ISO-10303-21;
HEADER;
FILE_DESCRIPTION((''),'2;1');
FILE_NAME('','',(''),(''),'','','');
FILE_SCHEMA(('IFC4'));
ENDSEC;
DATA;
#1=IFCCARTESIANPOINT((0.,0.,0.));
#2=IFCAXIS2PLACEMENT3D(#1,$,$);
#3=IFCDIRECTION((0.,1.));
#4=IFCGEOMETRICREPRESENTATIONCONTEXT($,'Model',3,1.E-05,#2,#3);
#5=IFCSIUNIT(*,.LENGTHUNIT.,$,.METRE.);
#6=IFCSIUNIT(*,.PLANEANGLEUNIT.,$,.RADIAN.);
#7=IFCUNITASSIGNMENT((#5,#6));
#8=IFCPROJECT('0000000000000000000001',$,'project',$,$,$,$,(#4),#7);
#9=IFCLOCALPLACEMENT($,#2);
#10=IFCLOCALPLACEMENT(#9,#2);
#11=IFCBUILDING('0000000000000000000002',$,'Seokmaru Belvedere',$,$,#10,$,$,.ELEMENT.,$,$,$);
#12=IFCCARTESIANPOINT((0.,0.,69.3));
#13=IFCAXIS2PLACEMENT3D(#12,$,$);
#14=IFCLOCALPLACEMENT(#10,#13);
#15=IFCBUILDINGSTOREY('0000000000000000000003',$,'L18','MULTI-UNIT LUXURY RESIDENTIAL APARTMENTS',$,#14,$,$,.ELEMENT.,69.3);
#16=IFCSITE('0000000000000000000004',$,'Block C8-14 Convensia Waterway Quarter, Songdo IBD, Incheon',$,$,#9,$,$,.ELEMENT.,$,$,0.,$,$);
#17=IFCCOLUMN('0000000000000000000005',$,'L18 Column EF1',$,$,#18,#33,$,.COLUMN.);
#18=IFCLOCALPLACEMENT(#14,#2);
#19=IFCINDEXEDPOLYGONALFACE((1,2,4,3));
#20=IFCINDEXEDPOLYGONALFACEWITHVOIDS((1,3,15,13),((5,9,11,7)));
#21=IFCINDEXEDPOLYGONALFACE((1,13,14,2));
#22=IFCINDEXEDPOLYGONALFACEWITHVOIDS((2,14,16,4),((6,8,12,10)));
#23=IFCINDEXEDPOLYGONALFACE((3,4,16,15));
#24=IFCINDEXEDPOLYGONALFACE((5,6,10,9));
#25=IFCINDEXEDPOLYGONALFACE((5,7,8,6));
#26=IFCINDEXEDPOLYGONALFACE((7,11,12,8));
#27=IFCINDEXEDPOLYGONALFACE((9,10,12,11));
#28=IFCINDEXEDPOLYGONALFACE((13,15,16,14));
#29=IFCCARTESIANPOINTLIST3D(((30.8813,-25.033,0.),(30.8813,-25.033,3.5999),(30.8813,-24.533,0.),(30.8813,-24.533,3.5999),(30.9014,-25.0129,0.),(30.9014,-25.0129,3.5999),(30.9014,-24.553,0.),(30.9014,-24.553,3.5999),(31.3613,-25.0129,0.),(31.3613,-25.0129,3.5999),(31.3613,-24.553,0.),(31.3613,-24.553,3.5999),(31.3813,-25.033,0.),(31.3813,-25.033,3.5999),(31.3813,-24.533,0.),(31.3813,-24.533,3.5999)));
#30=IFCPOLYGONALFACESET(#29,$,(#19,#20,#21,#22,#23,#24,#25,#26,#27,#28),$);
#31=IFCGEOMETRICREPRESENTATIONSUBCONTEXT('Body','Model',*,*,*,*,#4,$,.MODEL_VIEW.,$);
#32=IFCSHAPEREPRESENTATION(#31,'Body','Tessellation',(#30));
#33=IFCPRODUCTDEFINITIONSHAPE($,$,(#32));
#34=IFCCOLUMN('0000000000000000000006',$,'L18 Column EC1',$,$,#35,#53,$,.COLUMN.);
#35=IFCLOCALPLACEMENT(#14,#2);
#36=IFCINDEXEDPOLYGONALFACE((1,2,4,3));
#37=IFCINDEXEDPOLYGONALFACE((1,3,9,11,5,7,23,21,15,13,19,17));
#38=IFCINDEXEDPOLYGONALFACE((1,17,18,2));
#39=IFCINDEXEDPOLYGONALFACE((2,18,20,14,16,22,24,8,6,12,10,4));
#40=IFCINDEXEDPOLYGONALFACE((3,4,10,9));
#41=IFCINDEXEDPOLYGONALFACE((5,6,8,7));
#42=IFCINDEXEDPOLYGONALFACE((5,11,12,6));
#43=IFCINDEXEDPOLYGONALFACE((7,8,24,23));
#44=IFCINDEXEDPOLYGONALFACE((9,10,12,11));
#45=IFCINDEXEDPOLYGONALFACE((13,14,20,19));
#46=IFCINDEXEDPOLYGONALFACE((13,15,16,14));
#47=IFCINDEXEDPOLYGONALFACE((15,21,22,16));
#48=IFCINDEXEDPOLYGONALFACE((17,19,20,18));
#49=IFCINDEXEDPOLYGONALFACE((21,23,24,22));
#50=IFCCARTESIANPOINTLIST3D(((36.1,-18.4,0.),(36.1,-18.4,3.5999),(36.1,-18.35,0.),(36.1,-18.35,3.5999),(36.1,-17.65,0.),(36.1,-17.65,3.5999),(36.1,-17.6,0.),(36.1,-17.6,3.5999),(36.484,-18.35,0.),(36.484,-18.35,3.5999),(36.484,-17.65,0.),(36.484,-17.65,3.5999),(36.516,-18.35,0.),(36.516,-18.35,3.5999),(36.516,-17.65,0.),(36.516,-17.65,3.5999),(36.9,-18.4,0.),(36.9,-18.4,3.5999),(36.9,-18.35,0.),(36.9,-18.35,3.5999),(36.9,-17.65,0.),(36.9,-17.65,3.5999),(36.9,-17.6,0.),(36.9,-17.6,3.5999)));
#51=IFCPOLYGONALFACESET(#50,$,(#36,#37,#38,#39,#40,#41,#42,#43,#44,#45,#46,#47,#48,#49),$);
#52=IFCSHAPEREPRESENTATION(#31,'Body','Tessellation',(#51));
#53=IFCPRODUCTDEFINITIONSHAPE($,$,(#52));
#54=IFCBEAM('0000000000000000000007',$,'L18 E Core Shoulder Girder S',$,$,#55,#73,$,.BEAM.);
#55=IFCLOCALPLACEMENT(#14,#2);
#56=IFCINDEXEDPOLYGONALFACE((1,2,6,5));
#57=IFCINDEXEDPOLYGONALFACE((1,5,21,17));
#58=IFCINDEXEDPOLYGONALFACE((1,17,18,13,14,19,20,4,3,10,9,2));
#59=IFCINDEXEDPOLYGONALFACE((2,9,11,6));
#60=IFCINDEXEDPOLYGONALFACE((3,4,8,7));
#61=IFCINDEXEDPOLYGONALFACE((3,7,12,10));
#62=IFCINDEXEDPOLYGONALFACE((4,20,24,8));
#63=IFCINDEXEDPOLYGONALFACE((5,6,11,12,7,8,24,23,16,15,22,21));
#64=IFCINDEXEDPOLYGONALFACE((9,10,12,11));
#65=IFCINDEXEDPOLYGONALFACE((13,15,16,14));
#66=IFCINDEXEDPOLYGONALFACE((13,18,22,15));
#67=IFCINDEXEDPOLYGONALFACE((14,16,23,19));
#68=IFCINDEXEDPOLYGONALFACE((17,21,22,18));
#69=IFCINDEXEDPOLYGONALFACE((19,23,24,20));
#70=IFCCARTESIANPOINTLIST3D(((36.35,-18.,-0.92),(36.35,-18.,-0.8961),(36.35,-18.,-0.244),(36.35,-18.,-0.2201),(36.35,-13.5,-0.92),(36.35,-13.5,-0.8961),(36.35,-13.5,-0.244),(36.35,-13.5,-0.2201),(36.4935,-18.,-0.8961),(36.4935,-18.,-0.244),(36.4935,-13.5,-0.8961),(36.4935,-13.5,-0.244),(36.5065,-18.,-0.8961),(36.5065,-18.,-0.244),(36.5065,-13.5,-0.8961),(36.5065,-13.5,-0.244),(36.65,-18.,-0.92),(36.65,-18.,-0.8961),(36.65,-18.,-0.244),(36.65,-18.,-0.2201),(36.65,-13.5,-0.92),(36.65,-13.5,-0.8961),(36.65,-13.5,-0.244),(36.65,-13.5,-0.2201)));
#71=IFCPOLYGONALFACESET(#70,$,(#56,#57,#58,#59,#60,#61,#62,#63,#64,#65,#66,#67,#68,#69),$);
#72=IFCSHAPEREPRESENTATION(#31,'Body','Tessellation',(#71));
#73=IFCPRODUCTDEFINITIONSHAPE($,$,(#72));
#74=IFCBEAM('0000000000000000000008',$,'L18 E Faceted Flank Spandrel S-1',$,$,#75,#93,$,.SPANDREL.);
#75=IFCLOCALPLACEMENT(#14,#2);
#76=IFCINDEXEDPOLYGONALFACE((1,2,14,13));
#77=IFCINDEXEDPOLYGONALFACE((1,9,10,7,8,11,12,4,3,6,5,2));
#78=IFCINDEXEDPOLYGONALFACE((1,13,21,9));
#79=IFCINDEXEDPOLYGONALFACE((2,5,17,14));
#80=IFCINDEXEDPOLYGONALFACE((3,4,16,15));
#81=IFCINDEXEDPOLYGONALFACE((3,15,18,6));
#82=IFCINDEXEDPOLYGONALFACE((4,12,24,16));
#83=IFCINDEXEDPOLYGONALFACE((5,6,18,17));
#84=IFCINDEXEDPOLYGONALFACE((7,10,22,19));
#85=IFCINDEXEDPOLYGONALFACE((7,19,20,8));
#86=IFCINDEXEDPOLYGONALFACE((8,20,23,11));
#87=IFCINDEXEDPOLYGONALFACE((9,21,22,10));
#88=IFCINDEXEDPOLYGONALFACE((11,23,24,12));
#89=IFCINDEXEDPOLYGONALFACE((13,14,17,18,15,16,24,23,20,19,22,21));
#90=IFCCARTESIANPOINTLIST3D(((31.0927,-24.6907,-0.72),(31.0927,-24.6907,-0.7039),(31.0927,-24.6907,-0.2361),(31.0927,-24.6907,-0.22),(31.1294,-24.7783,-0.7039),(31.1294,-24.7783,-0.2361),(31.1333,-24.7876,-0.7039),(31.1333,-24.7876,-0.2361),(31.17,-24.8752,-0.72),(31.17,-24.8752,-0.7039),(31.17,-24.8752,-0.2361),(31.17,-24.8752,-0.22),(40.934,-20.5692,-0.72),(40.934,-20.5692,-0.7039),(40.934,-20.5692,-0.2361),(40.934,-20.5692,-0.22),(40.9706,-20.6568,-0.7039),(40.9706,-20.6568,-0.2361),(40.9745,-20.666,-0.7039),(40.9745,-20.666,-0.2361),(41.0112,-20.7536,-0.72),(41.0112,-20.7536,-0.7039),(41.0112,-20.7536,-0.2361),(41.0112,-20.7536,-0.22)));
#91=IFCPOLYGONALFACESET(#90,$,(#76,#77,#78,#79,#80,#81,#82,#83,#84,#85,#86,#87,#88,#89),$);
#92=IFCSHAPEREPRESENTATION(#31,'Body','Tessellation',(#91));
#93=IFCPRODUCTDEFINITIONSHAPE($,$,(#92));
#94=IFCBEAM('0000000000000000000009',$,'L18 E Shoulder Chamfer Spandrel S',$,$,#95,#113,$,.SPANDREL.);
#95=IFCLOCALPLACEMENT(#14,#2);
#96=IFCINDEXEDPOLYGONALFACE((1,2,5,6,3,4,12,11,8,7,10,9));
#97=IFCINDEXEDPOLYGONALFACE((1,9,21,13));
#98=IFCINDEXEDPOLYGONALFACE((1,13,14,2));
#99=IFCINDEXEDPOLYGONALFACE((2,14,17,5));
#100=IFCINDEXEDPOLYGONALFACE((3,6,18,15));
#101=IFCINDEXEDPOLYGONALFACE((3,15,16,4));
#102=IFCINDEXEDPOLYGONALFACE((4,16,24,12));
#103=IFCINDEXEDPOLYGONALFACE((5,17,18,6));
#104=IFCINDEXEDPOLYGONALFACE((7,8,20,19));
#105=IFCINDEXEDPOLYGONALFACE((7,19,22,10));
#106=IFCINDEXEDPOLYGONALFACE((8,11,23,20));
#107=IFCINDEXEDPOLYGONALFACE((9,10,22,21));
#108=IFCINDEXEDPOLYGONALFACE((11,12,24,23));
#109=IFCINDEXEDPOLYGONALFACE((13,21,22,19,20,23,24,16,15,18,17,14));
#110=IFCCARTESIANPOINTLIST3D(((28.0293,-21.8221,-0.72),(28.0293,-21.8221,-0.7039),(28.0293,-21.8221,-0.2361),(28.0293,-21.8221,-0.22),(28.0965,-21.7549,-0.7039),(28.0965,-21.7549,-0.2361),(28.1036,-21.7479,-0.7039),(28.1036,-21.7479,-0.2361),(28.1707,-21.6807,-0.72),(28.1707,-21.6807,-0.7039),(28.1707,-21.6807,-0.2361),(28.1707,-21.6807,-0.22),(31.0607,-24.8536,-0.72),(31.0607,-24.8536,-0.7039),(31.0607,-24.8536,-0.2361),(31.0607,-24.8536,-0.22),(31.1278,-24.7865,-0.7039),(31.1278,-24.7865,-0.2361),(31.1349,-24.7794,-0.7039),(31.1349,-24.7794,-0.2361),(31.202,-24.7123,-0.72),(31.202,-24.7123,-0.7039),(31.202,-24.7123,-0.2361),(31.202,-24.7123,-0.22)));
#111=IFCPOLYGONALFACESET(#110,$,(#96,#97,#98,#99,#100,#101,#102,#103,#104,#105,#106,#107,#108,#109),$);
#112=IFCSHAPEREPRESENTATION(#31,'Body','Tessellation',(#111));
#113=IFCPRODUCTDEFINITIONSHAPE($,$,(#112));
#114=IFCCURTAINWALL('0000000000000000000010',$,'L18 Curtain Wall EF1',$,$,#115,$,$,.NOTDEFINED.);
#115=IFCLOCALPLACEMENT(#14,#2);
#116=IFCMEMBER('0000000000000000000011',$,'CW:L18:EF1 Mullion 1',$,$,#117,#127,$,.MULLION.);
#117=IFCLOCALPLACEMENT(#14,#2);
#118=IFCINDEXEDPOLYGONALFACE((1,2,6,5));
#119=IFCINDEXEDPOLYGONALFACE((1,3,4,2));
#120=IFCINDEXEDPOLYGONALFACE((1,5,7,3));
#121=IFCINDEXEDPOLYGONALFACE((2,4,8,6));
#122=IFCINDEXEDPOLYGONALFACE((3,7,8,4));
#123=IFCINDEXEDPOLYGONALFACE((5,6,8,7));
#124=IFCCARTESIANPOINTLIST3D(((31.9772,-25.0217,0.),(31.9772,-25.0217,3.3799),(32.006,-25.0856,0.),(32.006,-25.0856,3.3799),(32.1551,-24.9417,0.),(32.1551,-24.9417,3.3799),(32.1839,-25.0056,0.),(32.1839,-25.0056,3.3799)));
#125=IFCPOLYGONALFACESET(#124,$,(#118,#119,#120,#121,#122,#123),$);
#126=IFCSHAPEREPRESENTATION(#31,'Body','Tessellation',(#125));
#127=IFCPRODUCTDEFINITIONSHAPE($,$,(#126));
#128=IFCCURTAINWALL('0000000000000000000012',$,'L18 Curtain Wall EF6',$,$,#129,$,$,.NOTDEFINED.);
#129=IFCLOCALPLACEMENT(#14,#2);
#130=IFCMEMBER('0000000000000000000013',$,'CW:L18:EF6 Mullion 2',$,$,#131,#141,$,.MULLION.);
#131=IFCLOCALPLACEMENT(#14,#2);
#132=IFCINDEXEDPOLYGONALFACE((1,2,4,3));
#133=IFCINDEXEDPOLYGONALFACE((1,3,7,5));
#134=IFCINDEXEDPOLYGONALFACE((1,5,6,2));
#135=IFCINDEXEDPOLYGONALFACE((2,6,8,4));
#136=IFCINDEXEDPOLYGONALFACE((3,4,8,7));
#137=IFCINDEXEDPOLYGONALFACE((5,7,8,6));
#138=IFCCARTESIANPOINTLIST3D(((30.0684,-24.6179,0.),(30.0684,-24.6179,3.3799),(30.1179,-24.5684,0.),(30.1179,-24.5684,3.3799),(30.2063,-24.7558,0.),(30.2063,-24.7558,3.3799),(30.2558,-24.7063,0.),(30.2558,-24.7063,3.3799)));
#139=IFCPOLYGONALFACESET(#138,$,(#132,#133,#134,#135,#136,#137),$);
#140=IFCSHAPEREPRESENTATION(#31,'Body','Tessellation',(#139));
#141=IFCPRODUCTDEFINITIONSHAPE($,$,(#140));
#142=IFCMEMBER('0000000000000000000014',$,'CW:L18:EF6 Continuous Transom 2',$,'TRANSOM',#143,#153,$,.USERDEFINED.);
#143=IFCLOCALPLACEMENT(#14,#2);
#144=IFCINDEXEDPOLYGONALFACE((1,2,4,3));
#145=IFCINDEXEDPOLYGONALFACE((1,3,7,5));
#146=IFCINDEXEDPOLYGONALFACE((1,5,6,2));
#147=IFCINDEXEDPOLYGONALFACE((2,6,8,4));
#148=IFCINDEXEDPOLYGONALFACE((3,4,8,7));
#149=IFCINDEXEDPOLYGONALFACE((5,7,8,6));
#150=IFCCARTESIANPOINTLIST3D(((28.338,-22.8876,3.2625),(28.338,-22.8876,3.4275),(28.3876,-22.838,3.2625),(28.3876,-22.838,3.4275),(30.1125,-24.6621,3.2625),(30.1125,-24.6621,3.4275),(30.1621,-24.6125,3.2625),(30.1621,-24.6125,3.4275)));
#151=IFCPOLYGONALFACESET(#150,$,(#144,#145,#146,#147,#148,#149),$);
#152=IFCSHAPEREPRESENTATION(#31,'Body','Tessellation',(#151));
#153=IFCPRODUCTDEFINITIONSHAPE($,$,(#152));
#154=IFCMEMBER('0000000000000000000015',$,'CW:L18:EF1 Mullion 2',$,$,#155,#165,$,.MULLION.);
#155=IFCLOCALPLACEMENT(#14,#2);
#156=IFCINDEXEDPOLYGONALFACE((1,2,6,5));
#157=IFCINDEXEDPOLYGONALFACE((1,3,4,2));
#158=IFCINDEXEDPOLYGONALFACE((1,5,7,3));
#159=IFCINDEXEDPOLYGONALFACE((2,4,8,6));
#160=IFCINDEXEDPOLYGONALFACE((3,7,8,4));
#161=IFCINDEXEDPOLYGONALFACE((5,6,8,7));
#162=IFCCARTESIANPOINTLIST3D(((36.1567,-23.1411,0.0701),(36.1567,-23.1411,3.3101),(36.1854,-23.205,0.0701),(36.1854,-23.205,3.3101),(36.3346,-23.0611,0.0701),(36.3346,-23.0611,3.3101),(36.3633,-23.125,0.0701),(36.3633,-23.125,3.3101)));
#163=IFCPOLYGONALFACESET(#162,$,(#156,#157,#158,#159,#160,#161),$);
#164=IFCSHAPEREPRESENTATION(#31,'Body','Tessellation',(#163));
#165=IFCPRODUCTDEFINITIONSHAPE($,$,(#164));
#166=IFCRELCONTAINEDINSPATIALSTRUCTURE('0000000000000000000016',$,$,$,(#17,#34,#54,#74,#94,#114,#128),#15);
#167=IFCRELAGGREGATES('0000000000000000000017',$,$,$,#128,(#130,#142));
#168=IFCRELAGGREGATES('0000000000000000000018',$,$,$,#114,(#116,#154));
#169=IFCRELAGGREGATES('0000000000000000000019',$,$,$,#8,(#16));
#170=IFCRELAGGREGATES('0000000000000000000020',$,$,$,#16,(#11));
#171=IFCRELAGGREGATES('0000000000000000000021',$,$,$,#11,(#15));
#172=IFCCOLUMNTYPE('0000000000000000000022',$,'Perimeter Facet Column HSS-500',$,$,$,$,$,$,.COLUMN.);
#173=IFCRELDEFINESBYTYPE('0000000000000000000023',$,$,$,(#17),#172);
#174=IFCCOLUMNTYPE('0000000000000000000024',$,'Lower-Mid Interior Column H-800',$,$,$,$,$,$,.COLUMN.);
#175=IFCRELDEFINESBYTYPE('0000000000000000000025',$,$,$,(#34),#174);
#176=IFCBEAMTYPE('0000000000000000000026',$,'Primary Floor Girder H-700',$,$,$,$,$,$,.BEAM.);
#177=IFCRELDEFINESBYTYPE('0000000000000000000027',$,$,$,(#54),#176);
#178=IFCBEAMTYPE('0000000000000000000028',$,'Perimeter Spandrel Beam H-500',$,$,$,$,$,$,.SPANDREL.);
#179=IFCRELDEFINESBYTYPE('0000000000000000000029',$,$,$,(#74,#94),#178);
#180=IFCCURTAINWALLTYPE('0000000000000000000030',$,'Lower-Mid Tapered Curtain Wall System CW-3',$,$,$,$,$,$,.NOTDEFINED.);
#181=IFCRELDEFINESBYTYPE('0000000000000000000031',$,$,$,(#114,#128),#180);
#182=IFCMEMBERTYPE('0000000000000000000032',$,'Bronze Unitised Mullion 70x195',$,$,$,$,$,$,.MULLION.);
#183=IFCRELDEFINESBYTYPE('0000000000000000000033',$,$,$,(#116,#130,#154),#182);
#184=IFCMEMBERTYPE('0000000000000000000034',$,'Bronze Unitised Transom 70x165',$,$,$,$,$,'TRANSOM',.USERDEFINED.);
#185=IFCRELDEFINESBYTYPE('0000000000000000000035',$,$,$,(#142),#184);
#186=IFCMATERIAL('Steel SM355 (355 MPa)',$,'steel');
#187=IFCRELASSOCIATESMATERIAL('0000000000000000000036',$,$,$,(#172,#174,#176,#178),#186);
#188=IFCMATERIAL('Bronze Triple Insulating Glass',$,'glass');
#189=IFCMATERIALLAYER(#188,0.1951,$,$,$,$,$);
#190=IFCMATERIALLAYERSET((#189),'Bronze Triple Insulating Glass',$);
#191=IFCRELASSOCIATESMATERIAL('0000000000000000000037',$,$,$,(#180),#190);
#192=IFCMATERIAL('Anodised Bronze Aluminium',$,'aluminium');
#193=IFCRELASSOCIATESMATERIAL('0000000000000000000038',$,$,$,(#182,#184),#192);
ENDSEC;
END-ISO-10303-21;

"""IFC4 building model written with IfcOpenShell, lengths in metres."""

from ifc_helpers import new_model, si_unit, direction, frame, origin, origin_2d, place, context, subcontext, project, spatial, rectangle, hollow_rectangle, i_section, extrude, source, transform, mapped, material, layer, layer_set, material_profile, profile_set, type_object, type_shapes, element, aggregate, save


model = new_model("IFC4")

# Units and contexts
model_context = context("Model", 3, precision=1e-05, world=origin(), true_north=direction((0.0, 1.0)))
body_context = subcontext(model_context, "Body", "Model", "MODEL_VIEW")
ifc_project = project(units=[si_unit("LENGTHUNIT", "METRE"), si_unit("PLANEANGLEUNIT", "RADIAN")], contexts=[model_context])

# Site, building, storey
site_placement = place(None, origin())
site = spatial("IfcSite", under=ifc_project, at=site_placement, Name="Block C8-14 Convensia Waterway Quarter, Songdo IBD, Incheon", CompositionType="ELEMENT", RefElevation=0.0)
building_placement = place(site_placement, origin())
building = spatial("IfcBuilding", under=site, at=building_placement, Name="Seokmaru Belvedere", CompositionType="ELEMENT")
storey_placement = place(building_placement, frame((0.0, 0.0, 69.3)))
storey = spatial("IfcBuildingStorey", under=building, at=storey_placement, Name="L18", Description="MULTI-UNIT LUXURY RESIDENTIAL APARTMENTS", CompositionType="ELEMENT", Elevation=69.3)

# Columns
ifc_material_1 = material(Name="Steel SM355 (355 MPa)", Category="steel")
ifc_material_profile_1 = material_profile(ifc_material_1, hollow_rectangle(XDim=0.5, YDim=0.5, WallThickness=0.02, at=origin_2d()), Name="HSS-500x500x20")
ifc_profile_set_1 = profile_set([ifc_material_profile_1], Name="Steel SM355 (355 MPa)")
column_type_1 = type_object("IfcColumnType", Name="Perimeter Facet Column HSS-500", PredefinedType="COLUMN", material=ifc_profile_set_1)
shared_shape_1 = source(origin(), body_context, "Body", "SweptSolid", [
    extrude(hollow_rectangle(XDim=0.5, YDim=0.5, WallThickness=0.02, at=origin_2d()), origin(), (0.0, 0.0, 1.0), 3.5999),
])
type_shapes(column_type_1, [shared_shape_1])
column_1_placement = place(storey_placement, frame((31.1313, -24.783, 0.0), z_axis=(0.0, 0.0, 1.0), x_axis=(1.0, 0.0, 0.0)))
element("IfcColumn", 1, at=column_1_placement, inside=storey, type_object=column_type_1, Name="L18 Column EF1", PredefinedType="COLUMN", context=body_context, shape_type="MappedRepresentation", body=[
    mapped(shared_shape_1, transform((0.0, 0.0, 0.0), scale=1.0)),
])
ifc_material_profile_2 = material_profile(ifc_material_1, i_section(OverallWidth=0.8, OverallDepth=0.8, WebThickness=0.032, FlangeThickness=0.05, at=origin_2d()), Name="H-800x800x32x50")
ifc_profile_set_2 = profile_set([ifc_material_profile_2], Name="Steel SM355 (355 MPa)")
column_type_2 = type_object("IfcColumnType", Name="Lower-Mid Interior Column H-800", PredefinedType="COLUMN", material=ifc_profile_set_2)
shared_shape_2 = source(origin(), body_context, "Body", "SweptSolid", [
    extrude(i_section(OverallWidth=0.8, OverallDepth=0.8, WebThickness=0.032, FlangeThickness=0.05, at=origin_2d()), origin(), (0.0, 0.0, 1.0), 3.5999),
])
type_shapes(column_type_2, [shared_shape_2])
column_2_placement = place(storey_placement, frame((36.5, -18.0, 0.0), z_axis=(0.0, 0.0, 1.0), x_axis=(1.0, 0.0, 0.0)))
element("IfcColumn", 2, at=column_2_placement, inside=storey, type_object=column_type_2, Name="L18 Column EC1", PredefinedType="COLUMN", context=body_context, shape_type="MappedRepresentation", body=[
    mapped(shared_shape_2, transform((0.0, 0.0, 0.0), scale=1.0)),
])

# Beams
ifc_material_profile_3 = material_profile(ifc_material_1, i_section(OverallWidth=0.3, OverallDepth=0.7, WebThickness=0.0129, FlangeThickness=0.0239, at=origin_2d()), Name="H-700x300x13x24")
ifc_profile_set_3 = profile_set([ifc_material_profile_3], Name="Steel SM355 (355 MPa)")
beam_type_1 = type_object("IfcBeamType", Name="Primary Floor Girder H-700", PredefinedType="BEAM", material=ifc_profile_set_3)
shared_shape_3 = source(origin(), body_context, "Body", "SweptSolid", [
    extrude(i_section(OverallWidth=0.3, OverallDepth=0.7, WebThickness=0.0129, FlangeThickness=0.0239, at=origin_2d()), origin(), (0.0, 0.0, 1.0), 4.5),
])
type_shapes(beam_type_1, [shared_shape_3])
beam_1_placement = place(storey_placement, frame((36.5, -18.0, -0.5701), z_axis=(0.0, 1.0, 0.0), x_axis=(-1.0, 0.0, 0.0)))
element("IfcBeam", 3, at=beam_1_placement, inside=storey, type_object=beam_type_1, Name="L18 E Core Shoulder Girder S", PredefinedType="BEAM", context=body_context, shape_type="MappedRepresentation", body=[
    mapped(shared_shape_3, transform((0.0, 0.0, 0.0), scale=1.0)),
])
ifc_material_profile_4 = material_profile(ifc_material_1, i_section(OverallWidth=0.2, OverallDepth=0.5, WebThickness=0.01, FlangeThickness=0.0161, at=origin_2d()), Name="H-500x200x10x16")
ifc_profile_set_4 = profile_set([ifc_material_profile_4], Name="Steel SM355 (355 MPa)")
beam_type_2 = type_object("IfcBeamType", Name="Perimeter Spandrel Beam H-500", PredefinedType="SPANDREL", material=ifc_profile_set_4)
shared_shape_4 = source(origin(), body_context, "Body", "SweptSolid", [
    extrude(i_section(OverallWidth=0.2, OverallDepth=0.5, WebThickness=0.01, FlangeThickness=0.0161, at=origin_2d()), origin(), (0.0, 0.0, 1.0), 10.6694),
])
beam_2_placement = place(storey_placement, frame((31.1313, -24.783, -0.47), z_axis=(0.922375, 0.386295, 0.0), x_axis=(-0.386295, 0.922375, 0.0)))
element("IfcBeam", 4, at=beam_2_placement, inside=storey, type_object=beam_type_2, Name="L18 E Faceted Flank Spandrel S-1", PredefinedType="SPANDREL", context=body_context, shape_type="MappedRepresentation", body=[
    mapped(shared_shape_4, transform((0.0, 0.0, 0.0), scale=1.0)),
])
shared_shape_5 = source(origin(), body_context, "Body", "SweptSolid", [
    extrude(i_section(OverallWidth=0.2, OverallDepth=0.5, WebThickness=0.01, FlangeThickness=0.0161, at=origin_2d()), origin(), (0.0, 0.0, 1.0), 4.2871),
])
type_shapes(beam_type_2, [shared_shape_4, shared_shape_5])
beam_3_placement = place(storey_placement, frame((31.1313, -24.783, -0.47), z_axis=(-0.707078, 0.707135, 0.0), x_axis=(-0.707135, -0.707078, 0.0)))
element("IfcBeam", 5, at=beam_3_placement, inside=storey, type_object=beam_type_2, Name="L18 E Shoulder Chamfer Spandrel S", PredefinedType="SPANDREL", context=body_context, shape_type="MappedRepresentation", body=[
    mapped(shared_shape_5, transform((0.0, 0.0, 0.0), scale=1.0)),
])

# Curtain wall, member
ifc_material_2 = material(Name="Bronze Triple Insulating Glass", Category="glass")
ifc_layer_1 = layer(ifc_material_2, 0.1951)
ifc_layer_set_1 = layer_set([ifc_layer_1], Name="Bronze Triple Insulating Glass")
curtain_wall_type = type_object("IfcCurtainWallType", Name="Lower-Mid Tapered Curtain Wall System CW-3", PredefinedType="NOTDEFINED", material=ifc_layer_set_1)
curtain_wall_1_placement = place(storey_placement, origin())
curtain_wall_1 = element("IfcCurtainWall", 6, at=curtain_wall_1_placement, inside=storey, type_object=curtain_wall_type, Name="L18 Curtain Wall EF1", PredefinedType="NOTDEFINED")
ifc_material_3 = material(Name="Anodised Bronze Aluminium", Category="aluminium")
ifc_material_profile_5 = material_profile(ifc_material_3, rectangle(XDim=0.0701, YDim=0.1951, at=origin_2d()), Name="CW-M-70x195")
ifc_profile_set_5 = profile_set([ifc_material_profile_5], Name="Anodised Bronze Aluminium")
member_type_1 = type_object("IfcMemberType", Name="Bronze Unitised Mullion 70x195", PredefinedType="MULLION", material=ifc_profile_set_5)
shared_shape_6 = source(origin(), body_context, "Body", "SweptSolid", [
    extrude(rectangle(XDim=0.0701, YDim=0.1951, at=origin_2d()), origin(), (0.0, 0.0, 1.0), 3.3799),
])
member_1_placement = place(storey_placement, frame((32.0806, -25.0137, 0.0), z_axis=(0.0, 0.0, 1.0), x_axis=(-0.410366, 0.911921, 0.0)))
member_1 = element("IfcMember", 7, at=member_1_placement, type_object=member_type_1, Name="CW:L18:EF1 Mullion 1", PredefinedType="MULLION", context=body_context, shape_type="MappedRepresentation", body=[
    mapped(shared_shape_6, transform((0.0, 0.0, 0.0), scale=1.0)),
])

# Curtain wall, members
curtain_wall_2_placement = place(storey_placement, origin())
curtain_wall_2 = element("IfcCurtainWall", 8, at=curtain_wall_2_placement, inside=storey, type_object=curtain_wall_type, Name="L18 Curtain Wall EF6", PredefinedType="NOTDEFINED")
member_2_placement = place(storey_placement, frame((30.1621, -24.6621, 0.0), z_axis=(0.0, 0.0, 1.0), x_axis=(0.707107, 0.707107, 0.0)))
member_2 = element("IfcMember", 9, at=member_2_placement, type_object=member_type_1, Name="CW:L18:EF6 Mullion 2", PredefinedType="MULLION", context=body_context, shape_type="MappedRepresentation", body=[
    mapped(shared_shape_6, transform((0.0, 0.0, 0.0), scale=1.0)),
])
ifc_material_profile_6 = material_profile(ifc_material_3, rectangle(XDim=0.0701, YDim=0.165, at=origin_2d()), Name="CW-T-70x165")
ifc_profile_set_6 = profile_set([ifc_material_profile_6], Name="Anodised Bronze Aluminium")
member_type_2 = type_object("IfcMemberType", Name="Bronze Unitised Transom 70x165", ElementType="TRANSOM", PredefinedType="USERDEFINED", material=ifc_profile_set_6)
shared_shape_7 = source(origin(), body_context, "Body", "SweptSolid", [
    extrude(rectangle(XDim=0.0701, YDim=0.165, at=origin_2d()), origin(), (0.0, 0.0, 1.0), 2.5095),
])
member_3_placement = place(storey_placement, frame((28.3628, -22.8628, 3.345), z_axis=(0.707107, -0.707107, 0.0), x_axis=(0.707107, 0.707107, 0.0)))
member_3 = element("IfcMember", 10, at=member_3_placement, type_object=member_type_2, Name="CW:L18:EF6 Continuous Transom 2", ObjectType="TRANSOM", PredefinedType="USERDEFINED", context=body_context, shape_type="MappedRepresentation", body=[
    mapped(shared_shape_7, transform((0.0, 0.0, 0.0), scale=1.0)),
])

# Member
shared_shape_8 = source(origin(), body_context, "Body", "SweptSolid", [
    extrude(rectangle(XDim=0.0701, YDim=0.1951, at=origin_2d()), origin(), (0.0, 0.0, 1.0), 3.24),
])
type_shapes(member_type_1, [shared_shape_6, shared_shape_8])
member_4_placement = place(storey_placement, frame((36.26, -23.1331, 0.0701), z_axis=(0.0, 0.0, 1.0), x_axis=(-0.410366, 0.911921, 0.0)))
member_4 = element("IfcMember", 11, at=member_4_placement, type_object=member_type_1, Name="CW:L18:EF1 Mullion 2", PredefinedType="MULLION", context=body_context, shape_type="MappedRepresentation", body=[
    mapped(shared_shape_8, transform((0.0, 0.0, 0.0), scale=1.0)),
])

aggregate(curtain_wall_2, [member_2, member_3])
aggregate(curtain_wall_1, [member_1, member_4])

save(model, "model.ifc")
